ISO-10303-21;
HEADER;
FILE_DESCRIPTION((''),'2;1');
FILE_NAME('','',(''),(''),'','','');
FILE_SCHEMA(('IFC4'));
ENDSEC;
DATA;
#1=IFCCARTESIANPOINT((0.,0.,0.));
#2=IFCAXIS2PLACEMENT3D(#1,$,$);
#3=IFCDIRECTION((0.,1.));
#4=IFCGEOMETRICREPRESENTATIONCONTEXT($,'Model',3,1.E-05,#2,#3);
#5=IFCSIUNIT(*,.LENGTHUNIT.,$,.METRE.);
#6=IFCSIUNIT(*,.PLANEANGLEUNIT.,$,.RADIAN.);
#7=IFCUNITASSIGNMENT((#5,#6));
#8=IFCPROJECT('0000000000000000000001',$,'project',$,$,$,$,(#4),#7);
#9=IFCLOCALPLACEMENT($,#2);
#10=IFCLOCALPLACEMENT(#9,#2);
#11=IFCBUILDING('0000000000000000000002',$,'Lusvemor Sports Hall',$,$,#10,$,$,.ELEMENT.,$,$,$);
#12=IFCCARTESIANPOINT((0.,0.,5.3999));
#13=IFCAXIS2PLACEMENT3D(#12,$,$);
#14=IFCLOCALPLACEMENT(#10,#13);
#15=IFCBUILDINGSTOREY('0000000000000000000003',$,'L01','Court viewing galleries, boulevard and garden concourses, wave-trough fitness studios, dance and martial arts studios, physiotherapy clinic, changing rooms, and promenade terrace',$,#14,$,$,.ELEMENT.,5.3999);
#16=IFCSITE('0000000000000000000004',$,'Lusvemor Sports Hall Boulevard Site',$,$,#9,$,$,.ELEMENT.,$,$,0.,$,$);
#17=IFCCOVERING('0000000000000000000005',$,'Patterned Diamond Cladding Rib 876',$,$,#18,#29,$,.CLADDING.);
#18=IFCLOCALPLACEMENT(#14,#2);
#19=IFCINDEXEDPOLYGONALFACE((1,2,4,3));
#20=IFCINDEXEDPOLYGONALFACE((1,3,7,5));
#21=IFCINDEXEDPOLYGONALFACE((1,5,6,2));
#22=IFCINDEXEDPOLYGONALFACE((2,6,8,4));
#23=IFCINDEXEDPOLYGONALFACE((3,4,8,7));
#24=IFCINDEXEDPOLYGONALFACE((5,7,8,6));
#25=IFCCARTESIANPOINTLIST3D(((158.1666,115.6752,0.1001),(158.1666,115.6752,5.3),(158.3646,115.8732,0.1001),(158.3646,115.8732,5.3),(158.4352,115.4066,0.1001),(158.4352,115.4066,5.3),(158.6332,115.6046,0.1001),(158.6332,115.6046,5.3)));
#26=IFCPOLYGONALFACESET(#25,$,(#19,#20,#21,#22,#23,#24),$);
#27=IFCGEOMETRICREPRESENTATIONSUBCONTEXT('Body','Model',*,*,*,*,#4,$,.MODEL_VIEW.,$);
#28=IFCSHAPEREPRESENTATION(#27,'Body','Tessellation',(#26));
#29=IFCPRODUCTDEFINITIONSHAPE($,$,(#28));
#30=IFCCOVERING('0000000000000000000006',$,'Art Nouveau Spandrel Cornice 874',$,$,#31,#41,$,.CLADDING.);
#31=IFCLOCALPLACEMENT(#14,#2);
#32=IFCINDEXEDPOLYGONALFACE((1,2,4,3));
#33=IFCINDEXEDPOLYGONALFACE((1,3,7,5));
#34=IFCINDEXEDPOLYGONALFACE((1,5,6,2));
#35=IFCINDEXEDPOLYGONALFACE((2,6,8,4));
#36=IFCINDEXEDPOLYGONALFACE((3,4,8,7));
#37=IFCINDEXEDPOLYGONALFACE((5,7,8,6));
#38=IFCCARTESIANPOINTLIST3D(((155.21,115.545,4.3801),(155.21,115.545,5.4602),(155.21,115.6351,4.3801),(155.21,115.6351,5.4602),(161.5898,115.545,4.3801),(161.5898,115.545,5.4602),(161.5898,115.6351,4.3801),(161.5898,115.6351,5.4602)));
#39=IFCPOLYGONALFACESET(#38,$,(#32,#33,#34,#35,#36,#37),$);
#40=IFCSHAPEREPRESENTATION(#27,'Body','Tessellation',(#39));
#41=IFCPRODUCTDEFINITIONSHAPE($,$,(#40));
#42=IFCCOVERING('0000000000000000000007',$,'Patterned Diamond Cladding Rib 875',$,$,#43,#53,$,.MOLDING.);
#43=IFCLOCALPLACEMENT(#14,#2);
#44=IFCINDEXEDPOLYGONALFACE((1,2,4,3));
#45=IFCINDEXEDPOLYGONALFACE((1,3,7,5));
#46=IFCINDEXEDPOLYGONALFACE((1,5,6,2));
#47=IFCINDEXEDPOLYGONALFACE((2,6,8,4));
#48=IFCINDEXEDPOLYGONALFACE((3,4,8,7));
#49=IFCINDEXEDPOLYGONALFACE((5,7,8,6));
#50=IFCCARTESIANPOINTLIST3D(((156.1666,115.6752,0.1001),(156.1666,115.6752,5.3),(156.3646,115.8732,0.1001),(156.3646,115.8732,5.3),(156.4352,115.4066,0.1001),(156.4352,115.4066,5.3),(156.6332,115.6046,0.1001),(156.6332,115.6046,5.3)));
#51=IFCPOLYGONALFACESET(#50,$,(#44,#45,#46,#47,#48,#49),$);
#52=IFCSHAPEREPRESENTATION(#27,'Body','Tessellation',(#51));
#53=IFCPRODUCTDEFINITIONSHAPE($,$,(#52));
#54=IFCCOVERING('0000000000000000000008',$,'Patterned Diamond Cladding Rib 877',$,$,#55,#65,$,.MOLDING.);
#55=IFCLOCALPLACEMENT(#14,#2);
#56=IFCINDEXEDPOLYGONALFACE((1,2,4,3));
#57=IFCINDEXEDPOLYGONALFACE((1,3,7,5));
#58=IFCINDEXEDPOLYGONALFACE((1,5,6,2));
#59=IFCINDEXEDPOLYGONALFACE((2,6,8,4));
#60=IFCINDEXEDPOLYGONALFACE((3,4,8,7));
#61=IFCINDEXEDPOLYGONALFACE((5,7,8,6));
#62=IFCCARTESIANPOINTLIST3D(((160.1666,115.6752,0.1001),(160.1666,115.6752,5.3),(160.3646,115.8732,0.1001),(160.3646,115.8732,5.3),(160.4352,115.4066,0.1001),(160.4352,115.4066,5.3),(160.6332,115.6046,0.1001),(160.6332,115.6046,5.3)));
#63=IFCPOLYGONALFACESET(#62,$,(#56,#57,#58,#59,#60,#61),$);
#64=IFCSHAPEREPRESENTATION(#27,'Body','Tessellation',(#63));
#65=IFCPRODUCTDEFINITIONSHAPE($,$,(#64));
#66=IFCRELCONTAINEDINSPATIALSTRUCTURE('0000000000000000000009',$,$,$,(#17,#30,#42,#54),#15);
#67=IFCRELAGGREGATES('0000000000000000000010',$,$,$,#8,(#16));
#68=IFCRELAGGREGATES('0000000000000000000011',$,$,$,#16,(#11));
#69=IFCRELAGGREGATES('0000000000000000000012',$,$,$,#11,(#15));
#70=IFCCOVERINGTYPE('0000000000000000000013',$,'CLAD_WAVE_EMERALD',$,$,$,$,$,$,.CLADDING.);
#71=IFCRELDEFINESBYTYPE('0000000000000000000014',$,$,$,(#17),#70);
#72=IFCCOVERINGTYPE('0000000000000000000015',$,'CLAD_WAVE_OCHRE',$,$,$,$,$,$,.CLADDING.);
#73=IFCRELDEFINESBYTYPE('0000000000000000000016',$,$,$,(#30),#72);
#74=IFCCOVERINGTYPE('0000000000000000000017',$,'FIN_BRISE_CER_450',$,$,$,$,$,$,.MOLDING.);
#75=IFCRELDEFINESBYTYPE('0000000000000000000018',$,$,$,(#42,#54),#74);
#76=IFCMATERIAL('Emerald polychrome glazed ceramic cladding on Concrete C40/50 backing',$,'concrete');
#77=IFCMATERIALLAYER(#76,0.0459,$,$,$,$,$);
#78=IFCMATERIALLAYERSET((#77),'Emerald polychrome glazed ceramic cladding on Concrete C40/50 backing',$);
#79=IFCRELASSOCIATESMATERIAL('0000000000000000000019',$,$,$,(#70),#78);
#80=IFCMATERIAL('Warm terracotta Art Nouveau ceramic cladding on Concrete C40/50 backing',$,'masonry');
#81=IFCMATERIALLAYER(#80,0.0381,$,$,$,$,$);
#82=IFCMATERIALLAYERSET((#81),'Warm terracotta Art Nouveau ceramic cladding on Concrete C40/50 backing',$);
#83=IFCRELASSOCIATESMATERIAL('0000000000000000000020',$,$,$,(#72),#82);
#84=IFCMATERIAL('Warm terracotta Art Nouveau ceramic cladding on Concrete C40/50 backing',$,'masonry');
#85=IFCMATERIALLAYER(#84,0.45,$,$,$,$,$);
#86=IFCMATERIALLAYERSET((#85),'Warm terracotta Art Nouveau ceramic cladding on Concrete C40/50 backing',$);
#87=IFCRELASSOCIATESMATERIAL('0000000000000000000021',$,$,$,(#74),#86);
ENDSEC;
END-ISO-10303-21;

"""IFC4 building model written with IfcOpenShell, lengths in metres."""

from ifc_helpers import new_model, si_unit, direction, frame, origin, origin_2d, place, context, subcontext, project, spatial, rectangle, extrude, material, layer, layer_set, type_object, element, save


model = new_model("IFC4")

# Units and contexts
model_context = context("Model", 3, precision=1e-05, world=origin(), true_north=direction((0.0, 1.0)))
body_context = subcontext(model_context, "Body", "Model", "MODEL_VIEW")
ifc_project = project(units=[si_unit("LENGTHUNIT", "METRE"), si_unit("PLANEANGLEUNIT", "RADIAN")], contexts=[model_context])

# Site, building, storey
site_placement = place(None, origin())
site = spatial("IfcSite", under=ifc_project, at=site_placement, Name="Lusvemor Sports Hall Boulevard Site", CompositionType="ELEMENT", RefElevation=0.0)
building_placement = place(site_placement, origin())
building = spatial("IfcBuilding", under=site, at=building_placement, Name="Lusvemor Sports Hall", CompositionType="ELEMENT")
storey_placement = place(building_placement, frame((0.0, 0.0, 5.3999)))
storey = spatial("IfcBuildingStorey", under=building, at=storey_placement, Name="L01", Description="Court viewing galleries, boulevard and garden concourses, wave-trough fitness studios, dance and martial arts studios, physiotherapy clinic, changing rooms, and promenade terrace", CompositionType="ELEMENT", Elevation=5.3999)

# Coverings
ifc_material_1 = material(Name="Emerald polychrome glazed ceramic cladding on Concrete C40/50 backing", Category="concrete")
ifc_layer_1 = layer(ifc_material_1, 0.0459)
ifc_layer_set_1 = layer_set([ifc_layer_1], Name="Emerald polychrome glazed ceramic cladding on Concrete C40/50 backing")
covering_type_1 = type_object("IfcCoveringType", Name="CLAD_WAVE_EMERALD", PredefinedType="CLADDING", material=ifc_layer_set_1)
covering_1_placement = place(storey_placement, frame((158.3999, 115.6399, 0.1001), z_axis=(0.0, 0.0, 1.0), x_axis=(0.707107, 0.707107, 0.0)))
element("IfcCovering", 1, at=covering_1_placement, inside=storey, type_object=covering_type_1, Name="Patterned Diamond Cladding Rib 876", PredefinedType="CLADDING", context=body_context, shape_type="SweptSolid", body=[
    extrude(rectangle(XDim=0.28, YDim=0.3799, at=origin_2d()), origin(), (0.0, 0.0, 1.0), 5.2),
])
ifc_material_2 = material(Name="Warm terracotta Art Nouveau ceramic cladding on Concrete C40/50 backing", Category="masonry")
ifc_layer_2 = layer(ifc_material_2, 0.0381)
ifc_layer_set_2 = layer_set([ifc_layer_2], Name="Warm terracotta Art Nouveau ceramic cladding on Concrete C40/50 backing")
covering_type_2 = type_object("IfcCoveringType", Name="CLAD_WAVE_OCHRE", PredefinedType="CLADDING", material=ifc_layer_set_2)
covering_2_placement = place(storey_placement, frame((158.3999, 115.5901, 4.3801), z_axis=(0.0, 0.0, 1.0), x_axis=(1.0, 0.0, 0.0)))
element("IfcCovering", 2, at=covering_2_placement, inside=storey, type_object=covering_type_2, Name="Art Nouveau Spandrel Cornice 874", PredefinedType="CLADDING", context=body_context, shape_type="SweptSolid", body=[
    extrude(rectangle(XDim=6.3799, YDim=0.0901, at=origin_2d()), origin(), (0.0, 0.0, 1.0), 1.0801),
])
ifc_material_3 = material(Name="Warm terracotta Art Nouveau ceramic cladding on Concrete C40/50 backing", Category="masonry")
ifc_layer_3 = layer(ifc_material_3, 0.45)
ifc_layer_set_3 = layer_set([ifc_layer_3], Name="Warm terracotta Art Nouveau ceramic cladding on Concrete C40/50 backing")
covering_type_3 = type_object("IfcCoveringType", Name="FIN_BRISE_CER_450", PredefinedType="MOLDING", material=ifc_layer_set_3)
for number, where, z_axis, x_axis, name in (
    (3, (156.3999, 115.6399, 0.1001), (0.0, 0.0, 1.0), (0.707107, 0.707107, 0.0), "Patterned Diamond Cladding Rib 875"),
    (4, (160.3999, 115.6399, 0.1001), (0.0, 0.0, 1.0), (0.707107, 0.707107, 0.0), "Patterned Diamond Cladding Rib 877"),
):
    element("IfcCovering", number, at=place(storey_placement, frame(where, z_axis=z_axis, x_axis=x_axis)), inside=storey, type_object=covering_type_3, Name=name, PredefinedType="MOLDING", context=body_context, shape_type="SweptSolid", body=[
        extrude(rectangle(XDim=0.28, YDim=0.3799, at=origin_2d()), origin(), (0.0, 0.0, 1.0), 5.2),
    ])

save(model, "model.ifc")
